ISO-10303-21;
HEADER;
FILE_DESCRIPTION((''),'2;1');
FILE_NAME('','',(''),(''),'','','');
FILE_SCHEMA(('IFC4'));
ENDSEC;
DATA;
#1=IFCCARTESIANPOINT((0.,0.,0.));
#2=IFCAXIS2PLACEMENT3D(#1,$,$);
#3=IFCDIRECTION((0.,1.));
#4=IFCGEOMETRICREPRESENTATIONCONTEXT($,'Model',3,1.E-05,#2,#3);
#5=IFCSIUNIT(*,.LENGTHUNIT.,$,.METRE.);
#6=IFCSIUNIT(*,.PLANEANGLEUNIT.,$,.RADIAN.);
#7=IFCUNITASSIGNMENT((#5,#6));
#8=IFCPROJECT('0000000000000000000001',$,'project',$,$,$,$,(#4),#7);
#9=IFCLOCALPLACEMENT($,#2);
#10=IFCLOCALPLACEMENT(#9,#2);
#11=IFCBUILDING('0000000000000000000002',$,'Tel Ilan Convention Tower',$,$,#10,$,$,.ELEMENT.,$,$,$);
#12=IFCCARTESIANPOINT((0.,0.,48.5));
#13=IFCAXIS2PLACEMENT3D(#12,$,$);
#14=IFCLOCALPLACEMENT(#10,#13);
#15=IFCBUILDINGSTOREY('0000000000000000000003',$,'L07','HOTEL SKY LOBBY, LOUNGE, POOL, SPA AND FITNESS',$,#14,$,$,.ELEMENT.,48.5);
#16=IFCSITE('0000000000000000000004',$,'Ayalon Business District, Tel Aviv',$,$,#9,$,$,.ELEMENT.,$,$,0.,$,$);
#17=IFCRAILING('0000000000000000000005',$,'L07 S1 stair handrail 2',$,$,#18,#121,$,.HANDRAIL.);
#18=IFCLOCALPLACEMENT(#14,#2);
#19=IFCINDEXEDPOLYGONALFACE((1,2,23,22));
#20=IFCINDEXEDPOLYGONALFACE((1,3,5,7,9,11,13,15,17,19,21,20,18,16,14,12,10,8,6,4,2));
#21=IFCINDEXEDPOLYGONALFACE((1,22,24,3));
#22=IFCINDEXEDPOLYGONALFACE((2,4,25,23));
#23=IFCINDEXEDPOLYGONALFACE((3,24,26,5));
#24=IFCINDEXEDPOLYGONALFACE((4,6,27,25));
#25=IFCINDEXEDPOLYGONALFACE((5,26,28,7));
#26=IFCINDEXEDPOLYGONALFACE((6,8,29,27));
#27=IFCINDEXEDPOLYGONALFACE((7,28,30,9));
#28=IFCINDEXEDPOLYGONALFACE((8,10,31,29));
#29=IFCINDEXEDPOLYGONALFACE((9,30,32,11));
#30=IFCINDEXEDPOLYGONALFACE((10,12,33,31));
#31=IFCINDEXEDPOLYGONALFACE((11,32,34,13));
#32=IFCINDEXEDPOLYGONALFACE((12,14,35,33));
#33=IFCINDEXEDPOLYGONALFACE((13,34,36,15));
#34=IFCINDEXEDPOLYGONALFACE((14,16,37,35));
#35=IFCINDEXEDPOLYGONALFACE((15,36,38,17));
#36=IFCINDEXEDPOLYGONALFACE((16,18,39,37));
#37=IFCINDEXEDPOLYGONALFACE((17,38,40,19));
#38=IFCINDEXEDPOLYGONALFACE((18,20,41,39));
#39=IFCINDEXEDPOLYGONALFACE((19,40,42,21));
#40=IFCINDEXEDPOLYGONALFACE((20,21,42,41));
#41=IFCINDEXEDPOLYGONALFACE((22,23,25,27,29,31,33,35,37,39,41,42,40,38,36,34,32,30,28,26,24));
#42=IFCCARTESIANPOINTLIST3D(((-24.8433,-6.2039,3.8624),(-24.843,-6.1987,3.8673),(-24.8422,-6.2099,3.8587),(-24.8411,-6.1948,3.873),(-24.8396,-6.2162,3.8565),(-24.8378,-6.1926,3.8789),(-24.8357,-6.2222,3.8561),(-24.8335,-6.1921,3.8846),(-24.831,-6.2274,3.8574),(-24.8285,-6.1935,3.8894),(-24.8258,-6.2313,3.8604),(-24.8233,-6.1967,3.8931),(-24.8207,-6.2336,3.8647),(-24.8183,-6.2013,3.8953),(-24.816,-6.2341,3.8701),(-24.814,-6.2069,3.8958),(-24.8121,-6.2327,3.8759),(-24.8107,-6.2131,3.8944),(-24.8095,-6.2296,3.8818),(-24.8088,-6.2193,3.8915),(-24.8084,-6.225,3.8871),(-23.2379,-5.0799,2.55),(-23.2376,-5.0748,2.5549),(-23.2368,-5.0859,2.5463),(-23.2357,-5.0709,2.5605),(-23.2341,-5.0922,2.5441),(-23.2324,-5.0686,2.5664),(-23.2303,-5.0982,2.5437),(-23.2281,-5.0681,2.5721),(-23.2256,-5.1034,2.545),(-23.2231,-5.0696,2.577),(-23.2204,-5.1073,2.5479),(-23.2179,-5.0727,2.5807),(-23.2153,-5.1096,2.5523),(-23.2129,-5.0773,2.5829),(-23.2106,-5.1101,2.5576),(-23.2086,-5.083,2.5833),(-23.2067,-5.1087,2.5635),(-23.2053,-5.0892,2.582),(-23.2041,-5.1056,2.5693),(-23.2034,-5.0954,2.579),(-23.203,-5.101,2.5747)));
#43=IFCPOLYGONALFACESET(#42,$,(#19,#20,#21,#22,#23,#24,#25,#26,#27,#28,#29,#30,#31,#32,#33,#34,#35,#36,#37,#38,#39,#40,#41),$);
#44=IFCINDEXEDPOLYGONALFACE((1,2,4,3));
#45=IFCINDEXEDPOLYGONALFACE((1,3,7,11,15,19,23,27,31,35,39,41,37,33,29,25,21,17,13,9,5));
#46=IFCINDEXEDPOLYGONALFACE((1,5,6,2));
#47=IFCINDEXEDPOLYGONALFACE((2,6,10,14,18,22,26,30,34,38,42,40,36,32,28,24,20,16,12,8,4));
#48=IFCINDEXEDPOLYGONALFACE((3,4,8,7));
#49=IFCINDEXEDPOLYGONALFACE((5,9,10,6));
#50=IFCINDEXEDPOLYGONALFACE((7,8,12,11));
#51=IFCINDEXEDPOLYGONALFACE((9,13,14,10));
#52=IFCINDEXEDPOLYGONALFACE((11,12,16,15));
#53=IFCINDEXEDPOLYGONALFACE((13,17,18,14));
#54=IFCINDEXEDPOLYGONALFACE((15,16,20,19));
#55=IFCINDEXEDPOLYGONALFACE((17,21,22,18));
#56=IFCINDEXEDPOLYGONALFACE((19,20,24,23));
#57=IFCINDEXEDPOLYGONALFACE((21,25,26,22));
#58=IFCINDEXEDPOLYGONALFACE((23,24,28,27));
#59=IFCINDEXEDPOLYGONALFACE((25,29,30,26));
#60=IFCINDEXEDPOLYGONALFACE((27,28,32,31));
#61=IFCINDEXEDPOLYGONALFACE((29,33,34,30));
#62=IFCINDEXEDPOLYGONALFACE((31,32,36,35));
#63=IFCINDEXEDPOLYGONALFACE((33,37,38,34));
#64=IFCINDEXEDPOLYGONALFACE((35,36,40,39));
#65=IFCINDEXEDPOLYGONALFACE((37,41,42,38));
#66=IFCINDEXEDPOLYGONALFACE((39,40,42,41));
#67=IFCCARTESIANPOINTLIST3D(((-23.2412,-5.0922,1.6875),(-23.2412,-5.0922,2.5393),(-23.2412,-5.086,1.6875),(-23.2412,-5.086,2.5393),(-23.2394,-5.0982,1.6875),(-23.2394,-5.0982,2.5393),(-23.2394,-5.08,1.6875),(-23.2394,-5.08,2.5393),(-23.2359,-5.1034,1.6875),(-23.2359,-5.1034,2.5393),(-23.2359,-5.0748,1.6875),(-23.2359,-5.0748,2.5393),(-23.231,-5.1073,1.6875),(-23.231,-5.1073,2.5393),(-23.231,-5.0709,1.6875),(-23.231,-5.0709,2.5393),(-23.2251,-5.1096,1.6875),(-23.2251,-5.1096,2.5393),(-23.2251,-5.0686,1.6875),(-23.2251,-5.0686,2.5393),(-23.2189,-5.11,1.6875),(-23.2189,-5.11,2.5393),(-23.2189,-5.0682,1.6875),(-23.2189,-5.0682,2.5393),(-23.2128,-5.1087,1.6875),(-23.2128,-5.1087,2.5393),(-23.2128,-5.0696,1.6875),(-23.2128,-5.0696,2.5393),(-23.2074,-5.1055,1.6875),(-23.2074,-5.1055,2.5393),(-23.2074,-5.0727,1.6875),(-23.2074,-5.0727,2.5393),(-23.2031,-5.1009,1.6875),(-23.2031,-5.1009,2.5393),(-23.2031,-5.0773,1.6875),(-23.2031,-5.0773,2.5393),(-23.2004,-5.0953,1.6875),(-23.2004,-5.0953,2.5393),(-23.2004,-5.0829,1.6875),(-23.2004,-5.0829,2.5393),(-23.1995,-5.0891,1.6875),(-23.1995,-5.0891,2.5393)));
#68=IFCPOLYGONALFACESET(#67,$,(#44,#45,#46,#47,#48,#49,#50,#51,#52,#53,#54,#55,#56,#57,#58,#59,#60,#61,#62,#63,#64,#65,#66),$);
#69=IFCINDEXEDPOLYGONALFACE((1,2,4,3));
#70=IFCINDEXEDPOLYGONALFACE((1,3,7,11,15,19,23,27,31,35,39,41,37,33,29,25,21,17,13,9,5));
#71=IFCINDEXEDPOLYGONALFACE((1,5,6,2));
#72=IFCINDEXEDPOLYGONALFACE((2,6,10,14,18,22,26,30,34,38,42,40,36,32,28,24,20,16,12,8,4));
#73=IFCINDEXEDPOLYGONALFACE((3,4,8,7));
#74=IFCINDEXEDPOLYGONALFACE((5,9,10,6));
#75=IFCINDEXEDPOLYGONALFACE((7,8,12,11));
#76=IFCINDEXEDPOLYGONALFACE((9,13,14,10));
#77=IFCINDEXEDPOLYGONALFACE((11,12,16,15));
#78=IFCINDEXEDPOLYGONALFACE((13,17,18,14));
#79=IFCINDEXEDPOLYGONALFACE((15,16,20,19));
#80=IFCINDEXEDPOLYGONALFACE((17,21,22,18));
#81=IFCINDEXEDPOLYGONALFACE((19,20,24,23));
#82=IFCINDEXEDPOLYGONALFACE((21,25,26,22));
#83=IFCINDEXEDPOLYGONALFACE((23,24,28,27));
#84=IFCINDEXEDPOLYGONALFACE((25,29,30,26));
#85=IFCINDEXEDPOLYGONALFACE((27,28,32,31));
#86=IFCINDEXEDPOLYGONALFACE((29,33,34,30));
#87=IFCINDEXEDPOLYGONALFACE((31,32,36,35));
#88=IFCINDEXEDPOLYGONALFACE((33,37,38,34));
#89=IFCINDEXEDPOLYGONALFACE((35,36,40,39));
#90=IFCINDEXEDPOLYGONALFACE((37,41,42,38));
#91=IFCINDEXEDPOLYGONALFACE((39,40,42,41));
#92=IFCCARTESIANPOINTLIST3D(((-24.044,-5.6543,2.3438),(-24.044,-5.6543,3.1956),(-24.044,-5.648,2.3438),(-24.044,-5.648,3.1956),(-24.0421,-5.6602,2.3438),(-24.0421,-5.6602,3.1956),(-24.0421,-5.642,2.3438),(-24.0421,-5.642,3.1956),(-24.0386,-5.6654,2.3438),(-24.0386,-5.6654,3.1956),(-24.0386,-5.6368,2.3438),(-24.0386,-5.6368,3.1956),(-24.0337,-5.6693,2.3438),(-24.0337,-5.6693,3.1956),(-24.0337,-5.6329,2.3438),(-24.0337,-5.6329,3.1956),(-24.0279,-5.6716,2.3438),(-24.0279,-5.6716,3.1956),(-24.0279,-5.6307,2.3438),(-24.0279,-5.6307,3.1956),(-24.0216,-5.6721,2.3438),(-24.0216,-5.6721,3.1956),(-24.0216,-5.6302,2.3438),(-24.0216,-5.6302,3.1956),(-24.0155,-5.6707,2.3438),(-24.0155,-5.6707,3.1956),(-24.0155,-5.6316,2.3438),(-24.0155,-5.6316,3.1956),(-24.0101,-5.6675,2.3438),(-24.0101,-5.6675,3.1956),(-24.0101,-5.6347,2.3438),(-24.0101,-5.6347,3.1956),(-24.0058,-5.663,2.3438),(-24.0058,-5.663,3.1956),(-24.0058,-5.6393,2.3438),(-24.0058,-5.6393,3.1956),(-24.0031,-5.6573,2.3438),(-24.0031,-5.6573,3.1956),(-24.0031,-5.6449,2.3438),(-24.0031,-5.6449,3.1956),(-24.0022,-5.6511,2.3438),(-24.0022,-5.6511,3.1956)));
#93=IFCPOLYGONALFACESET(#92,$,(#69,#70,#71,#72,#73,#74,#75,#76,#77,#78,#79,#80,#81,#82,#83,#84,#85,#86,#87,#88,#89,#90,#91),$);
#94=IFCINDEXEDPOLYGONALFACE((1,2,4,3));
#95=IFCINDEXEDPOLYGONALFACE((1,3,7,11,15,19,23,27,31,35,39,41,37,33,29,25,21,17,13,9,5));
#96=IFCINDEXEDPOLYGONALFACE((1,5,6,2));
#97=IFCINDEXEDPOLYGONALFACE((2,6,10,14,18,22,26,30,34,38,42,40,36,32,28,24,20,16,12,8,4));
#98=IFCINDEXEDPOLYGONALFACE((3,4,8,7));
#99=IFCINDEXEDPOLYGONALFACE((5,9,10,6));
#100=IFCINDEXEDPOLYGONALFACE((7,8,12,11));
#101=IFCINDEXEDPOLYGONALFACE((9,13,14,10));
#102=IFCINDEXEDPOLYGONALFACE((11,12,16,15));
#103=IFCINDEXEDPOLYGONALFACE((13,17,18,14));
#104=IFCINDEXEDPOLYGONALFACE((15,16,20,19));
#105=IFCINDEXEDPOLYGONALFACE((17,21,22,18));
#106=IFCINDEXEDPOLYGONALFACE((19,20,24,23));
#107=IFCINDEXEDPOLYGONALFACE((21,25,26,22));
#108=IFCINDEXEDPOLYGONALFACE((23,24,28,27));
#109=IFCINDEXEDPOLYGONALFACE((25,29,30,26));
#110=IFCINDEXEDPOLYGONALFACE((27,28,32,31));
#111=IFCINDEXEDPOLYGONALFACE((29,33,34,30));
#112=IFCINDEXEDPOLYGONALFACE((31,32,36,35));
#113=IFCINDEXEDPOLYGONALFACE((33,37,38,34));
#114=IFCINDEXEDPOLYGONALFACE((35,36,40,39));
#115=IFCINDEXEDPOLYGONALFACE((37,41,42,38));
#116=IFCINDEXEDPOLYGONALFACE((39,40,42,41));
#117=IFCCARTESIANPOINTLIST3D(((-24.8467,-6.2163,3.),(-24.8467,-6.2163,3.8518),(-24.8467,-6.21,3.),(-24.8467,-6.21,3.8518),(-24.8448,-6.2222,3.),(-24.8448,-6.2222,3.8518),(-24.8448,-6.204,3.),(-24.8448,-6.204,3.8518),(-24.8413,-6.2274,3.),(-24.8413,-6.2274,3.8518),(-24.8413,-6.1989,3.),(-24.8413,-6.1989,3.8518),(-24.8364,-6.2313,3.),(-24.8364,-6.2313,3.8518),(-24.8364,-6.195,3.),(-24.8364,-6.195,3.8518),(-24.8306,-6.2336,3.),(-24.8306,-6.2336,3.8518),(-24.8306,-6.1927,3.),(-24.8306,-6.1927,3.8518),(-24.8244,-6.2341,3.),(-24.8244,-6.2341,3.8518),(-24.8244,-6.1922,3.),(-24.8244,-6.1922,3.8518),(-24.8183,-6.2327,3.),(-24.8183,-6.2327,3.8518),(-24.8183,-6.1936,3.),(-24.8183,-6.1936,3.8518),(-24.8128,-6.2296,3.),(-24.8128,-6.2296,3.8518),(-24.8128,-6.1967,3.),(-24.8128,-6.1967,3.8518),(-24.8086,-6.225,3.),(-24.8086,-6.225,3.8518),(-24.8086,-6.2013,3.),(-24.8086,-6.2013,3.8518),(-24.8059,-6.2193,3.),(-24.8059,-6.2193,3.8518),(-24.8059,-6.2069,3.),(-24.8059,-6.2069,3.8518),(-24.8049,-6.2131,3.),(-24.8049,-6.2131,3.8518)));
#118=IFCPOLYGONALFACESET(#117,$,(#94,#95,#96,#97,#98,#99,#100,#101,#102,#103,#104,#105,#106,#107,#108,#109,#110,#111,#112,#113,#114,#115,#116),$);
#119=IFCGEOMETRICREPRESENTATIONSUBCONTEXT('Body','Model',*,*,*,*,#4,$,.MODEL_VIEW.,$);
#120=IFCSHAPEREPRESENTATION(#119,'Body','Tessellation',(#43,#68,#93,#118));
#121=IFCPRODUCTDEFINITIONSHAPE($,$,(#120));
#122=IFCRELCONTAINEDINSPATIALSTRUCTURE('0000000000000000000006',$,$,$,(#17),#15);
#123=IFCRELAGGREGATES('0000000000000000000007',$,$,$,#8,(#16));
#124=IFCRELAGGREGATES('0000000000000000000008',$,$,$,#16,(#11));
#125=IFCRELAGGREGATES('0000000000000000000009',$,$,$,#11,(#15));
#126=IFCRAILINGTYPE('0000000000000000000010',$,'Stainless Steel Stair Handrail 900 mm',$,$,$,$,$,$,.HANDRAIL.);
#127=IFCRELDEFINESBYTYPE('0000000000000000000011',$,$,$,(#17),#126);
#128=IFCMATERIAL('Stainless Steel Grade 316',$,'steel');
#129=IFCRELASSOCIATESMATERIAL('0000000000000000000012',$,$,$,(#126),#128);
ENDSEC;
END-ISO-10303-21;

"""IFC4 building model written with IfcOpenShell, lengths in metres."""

from ifc_helpers import new_model, si_unit, direction, frame, origin, origin_2d, place, context, subcontext, project, spatial, circle, extrude, material, type_object, element, save


model = new_model("IFC4")

# Units and contexts
model_context = context("Model", 3, precision=1e-05, world=origin(), true_north=direction((0.0, 1.0)))
body_context = subcontext(model_context, "Body", "Model", "MODEL_VIEW")
ifc_project = project(units=[si_unit("LENGTHUNIT", "METRE"), si_unit("PLANEANGLEUNIT", "RADIAN")], contexts=[model_context])

# Site, building, storey
site_placement = place(None, origin())
site = spatial("IfcSite", under=ifc_project, at=site_placement, Name="Ayalon Business District, Tel Aviv", CompositionType="ELEMENT", RefElevation=0.0)
building_placement = place(site_placement, origin())
building = spatial("IfcBuilding", under=site, at=building_placement, Name="Tel Ilan Convention Tower", CompositionType="ELEMENT")
storey_placement = place(building_placement, frame((0.0, 0.0, 48.5)))
storey = spatial("IfcBuildingStorey", under=building, at=storey_placement, Name="L07", Description="HOTEL SKY LOBBY, LOUNGE, POOL, SPA AND FITNESS", CompositionType="ELEMENT", Elevation=48.5)

# Railing
ifc_material_1 = material(Name="Stainless Steel Grade 316", Category="steel")
railing_type_1 = type_object("IfcRailingType", Name="Stainless Steel Stair Handrail 900 mm", PredefinedType="HANDRAIL", material=ifc_material_1)
railing_1_placement = place(storey_placement, frame((-23.2205, -5.0891, 1.6875)))
element("IfcRailing", 1, at=railing_1_placement, inside=storey, type_object=railing_type_1, Name="L07 S1 stair handrail 2", PredefinedType="HANDRAIL", context=body_context, shape_type="SweptSolid", body=[
    extrude(circle(Radius=0.0239, at=origin_2d()), frame((0.0, 0.0, 0.876), z_axis=(-0.680649, -0.476537, 0.556443), x_axis=(0.573529, -0.819185, 0.0)), (0.0, 0.0, 1.0), 2.3586),
    extrude(circle(Radius=0.021, at=origin_2d()), origin(), (0.0, 0.0, 1.0), 0.8518),
    extrude(circle(Radius=0.021, at=origin_2d()), frame((-0.8027, -0.562, 0.6562)), (0.0, 0.0, 1.0), 0.8518),
    extrude(circle(Radius=0.021, at=origin_2d()), frame((-1.6055, -1.124, 1.3125)), (0.0, 0.0, 1.0), 0.8518),
])

save(model, "model.ifc")
